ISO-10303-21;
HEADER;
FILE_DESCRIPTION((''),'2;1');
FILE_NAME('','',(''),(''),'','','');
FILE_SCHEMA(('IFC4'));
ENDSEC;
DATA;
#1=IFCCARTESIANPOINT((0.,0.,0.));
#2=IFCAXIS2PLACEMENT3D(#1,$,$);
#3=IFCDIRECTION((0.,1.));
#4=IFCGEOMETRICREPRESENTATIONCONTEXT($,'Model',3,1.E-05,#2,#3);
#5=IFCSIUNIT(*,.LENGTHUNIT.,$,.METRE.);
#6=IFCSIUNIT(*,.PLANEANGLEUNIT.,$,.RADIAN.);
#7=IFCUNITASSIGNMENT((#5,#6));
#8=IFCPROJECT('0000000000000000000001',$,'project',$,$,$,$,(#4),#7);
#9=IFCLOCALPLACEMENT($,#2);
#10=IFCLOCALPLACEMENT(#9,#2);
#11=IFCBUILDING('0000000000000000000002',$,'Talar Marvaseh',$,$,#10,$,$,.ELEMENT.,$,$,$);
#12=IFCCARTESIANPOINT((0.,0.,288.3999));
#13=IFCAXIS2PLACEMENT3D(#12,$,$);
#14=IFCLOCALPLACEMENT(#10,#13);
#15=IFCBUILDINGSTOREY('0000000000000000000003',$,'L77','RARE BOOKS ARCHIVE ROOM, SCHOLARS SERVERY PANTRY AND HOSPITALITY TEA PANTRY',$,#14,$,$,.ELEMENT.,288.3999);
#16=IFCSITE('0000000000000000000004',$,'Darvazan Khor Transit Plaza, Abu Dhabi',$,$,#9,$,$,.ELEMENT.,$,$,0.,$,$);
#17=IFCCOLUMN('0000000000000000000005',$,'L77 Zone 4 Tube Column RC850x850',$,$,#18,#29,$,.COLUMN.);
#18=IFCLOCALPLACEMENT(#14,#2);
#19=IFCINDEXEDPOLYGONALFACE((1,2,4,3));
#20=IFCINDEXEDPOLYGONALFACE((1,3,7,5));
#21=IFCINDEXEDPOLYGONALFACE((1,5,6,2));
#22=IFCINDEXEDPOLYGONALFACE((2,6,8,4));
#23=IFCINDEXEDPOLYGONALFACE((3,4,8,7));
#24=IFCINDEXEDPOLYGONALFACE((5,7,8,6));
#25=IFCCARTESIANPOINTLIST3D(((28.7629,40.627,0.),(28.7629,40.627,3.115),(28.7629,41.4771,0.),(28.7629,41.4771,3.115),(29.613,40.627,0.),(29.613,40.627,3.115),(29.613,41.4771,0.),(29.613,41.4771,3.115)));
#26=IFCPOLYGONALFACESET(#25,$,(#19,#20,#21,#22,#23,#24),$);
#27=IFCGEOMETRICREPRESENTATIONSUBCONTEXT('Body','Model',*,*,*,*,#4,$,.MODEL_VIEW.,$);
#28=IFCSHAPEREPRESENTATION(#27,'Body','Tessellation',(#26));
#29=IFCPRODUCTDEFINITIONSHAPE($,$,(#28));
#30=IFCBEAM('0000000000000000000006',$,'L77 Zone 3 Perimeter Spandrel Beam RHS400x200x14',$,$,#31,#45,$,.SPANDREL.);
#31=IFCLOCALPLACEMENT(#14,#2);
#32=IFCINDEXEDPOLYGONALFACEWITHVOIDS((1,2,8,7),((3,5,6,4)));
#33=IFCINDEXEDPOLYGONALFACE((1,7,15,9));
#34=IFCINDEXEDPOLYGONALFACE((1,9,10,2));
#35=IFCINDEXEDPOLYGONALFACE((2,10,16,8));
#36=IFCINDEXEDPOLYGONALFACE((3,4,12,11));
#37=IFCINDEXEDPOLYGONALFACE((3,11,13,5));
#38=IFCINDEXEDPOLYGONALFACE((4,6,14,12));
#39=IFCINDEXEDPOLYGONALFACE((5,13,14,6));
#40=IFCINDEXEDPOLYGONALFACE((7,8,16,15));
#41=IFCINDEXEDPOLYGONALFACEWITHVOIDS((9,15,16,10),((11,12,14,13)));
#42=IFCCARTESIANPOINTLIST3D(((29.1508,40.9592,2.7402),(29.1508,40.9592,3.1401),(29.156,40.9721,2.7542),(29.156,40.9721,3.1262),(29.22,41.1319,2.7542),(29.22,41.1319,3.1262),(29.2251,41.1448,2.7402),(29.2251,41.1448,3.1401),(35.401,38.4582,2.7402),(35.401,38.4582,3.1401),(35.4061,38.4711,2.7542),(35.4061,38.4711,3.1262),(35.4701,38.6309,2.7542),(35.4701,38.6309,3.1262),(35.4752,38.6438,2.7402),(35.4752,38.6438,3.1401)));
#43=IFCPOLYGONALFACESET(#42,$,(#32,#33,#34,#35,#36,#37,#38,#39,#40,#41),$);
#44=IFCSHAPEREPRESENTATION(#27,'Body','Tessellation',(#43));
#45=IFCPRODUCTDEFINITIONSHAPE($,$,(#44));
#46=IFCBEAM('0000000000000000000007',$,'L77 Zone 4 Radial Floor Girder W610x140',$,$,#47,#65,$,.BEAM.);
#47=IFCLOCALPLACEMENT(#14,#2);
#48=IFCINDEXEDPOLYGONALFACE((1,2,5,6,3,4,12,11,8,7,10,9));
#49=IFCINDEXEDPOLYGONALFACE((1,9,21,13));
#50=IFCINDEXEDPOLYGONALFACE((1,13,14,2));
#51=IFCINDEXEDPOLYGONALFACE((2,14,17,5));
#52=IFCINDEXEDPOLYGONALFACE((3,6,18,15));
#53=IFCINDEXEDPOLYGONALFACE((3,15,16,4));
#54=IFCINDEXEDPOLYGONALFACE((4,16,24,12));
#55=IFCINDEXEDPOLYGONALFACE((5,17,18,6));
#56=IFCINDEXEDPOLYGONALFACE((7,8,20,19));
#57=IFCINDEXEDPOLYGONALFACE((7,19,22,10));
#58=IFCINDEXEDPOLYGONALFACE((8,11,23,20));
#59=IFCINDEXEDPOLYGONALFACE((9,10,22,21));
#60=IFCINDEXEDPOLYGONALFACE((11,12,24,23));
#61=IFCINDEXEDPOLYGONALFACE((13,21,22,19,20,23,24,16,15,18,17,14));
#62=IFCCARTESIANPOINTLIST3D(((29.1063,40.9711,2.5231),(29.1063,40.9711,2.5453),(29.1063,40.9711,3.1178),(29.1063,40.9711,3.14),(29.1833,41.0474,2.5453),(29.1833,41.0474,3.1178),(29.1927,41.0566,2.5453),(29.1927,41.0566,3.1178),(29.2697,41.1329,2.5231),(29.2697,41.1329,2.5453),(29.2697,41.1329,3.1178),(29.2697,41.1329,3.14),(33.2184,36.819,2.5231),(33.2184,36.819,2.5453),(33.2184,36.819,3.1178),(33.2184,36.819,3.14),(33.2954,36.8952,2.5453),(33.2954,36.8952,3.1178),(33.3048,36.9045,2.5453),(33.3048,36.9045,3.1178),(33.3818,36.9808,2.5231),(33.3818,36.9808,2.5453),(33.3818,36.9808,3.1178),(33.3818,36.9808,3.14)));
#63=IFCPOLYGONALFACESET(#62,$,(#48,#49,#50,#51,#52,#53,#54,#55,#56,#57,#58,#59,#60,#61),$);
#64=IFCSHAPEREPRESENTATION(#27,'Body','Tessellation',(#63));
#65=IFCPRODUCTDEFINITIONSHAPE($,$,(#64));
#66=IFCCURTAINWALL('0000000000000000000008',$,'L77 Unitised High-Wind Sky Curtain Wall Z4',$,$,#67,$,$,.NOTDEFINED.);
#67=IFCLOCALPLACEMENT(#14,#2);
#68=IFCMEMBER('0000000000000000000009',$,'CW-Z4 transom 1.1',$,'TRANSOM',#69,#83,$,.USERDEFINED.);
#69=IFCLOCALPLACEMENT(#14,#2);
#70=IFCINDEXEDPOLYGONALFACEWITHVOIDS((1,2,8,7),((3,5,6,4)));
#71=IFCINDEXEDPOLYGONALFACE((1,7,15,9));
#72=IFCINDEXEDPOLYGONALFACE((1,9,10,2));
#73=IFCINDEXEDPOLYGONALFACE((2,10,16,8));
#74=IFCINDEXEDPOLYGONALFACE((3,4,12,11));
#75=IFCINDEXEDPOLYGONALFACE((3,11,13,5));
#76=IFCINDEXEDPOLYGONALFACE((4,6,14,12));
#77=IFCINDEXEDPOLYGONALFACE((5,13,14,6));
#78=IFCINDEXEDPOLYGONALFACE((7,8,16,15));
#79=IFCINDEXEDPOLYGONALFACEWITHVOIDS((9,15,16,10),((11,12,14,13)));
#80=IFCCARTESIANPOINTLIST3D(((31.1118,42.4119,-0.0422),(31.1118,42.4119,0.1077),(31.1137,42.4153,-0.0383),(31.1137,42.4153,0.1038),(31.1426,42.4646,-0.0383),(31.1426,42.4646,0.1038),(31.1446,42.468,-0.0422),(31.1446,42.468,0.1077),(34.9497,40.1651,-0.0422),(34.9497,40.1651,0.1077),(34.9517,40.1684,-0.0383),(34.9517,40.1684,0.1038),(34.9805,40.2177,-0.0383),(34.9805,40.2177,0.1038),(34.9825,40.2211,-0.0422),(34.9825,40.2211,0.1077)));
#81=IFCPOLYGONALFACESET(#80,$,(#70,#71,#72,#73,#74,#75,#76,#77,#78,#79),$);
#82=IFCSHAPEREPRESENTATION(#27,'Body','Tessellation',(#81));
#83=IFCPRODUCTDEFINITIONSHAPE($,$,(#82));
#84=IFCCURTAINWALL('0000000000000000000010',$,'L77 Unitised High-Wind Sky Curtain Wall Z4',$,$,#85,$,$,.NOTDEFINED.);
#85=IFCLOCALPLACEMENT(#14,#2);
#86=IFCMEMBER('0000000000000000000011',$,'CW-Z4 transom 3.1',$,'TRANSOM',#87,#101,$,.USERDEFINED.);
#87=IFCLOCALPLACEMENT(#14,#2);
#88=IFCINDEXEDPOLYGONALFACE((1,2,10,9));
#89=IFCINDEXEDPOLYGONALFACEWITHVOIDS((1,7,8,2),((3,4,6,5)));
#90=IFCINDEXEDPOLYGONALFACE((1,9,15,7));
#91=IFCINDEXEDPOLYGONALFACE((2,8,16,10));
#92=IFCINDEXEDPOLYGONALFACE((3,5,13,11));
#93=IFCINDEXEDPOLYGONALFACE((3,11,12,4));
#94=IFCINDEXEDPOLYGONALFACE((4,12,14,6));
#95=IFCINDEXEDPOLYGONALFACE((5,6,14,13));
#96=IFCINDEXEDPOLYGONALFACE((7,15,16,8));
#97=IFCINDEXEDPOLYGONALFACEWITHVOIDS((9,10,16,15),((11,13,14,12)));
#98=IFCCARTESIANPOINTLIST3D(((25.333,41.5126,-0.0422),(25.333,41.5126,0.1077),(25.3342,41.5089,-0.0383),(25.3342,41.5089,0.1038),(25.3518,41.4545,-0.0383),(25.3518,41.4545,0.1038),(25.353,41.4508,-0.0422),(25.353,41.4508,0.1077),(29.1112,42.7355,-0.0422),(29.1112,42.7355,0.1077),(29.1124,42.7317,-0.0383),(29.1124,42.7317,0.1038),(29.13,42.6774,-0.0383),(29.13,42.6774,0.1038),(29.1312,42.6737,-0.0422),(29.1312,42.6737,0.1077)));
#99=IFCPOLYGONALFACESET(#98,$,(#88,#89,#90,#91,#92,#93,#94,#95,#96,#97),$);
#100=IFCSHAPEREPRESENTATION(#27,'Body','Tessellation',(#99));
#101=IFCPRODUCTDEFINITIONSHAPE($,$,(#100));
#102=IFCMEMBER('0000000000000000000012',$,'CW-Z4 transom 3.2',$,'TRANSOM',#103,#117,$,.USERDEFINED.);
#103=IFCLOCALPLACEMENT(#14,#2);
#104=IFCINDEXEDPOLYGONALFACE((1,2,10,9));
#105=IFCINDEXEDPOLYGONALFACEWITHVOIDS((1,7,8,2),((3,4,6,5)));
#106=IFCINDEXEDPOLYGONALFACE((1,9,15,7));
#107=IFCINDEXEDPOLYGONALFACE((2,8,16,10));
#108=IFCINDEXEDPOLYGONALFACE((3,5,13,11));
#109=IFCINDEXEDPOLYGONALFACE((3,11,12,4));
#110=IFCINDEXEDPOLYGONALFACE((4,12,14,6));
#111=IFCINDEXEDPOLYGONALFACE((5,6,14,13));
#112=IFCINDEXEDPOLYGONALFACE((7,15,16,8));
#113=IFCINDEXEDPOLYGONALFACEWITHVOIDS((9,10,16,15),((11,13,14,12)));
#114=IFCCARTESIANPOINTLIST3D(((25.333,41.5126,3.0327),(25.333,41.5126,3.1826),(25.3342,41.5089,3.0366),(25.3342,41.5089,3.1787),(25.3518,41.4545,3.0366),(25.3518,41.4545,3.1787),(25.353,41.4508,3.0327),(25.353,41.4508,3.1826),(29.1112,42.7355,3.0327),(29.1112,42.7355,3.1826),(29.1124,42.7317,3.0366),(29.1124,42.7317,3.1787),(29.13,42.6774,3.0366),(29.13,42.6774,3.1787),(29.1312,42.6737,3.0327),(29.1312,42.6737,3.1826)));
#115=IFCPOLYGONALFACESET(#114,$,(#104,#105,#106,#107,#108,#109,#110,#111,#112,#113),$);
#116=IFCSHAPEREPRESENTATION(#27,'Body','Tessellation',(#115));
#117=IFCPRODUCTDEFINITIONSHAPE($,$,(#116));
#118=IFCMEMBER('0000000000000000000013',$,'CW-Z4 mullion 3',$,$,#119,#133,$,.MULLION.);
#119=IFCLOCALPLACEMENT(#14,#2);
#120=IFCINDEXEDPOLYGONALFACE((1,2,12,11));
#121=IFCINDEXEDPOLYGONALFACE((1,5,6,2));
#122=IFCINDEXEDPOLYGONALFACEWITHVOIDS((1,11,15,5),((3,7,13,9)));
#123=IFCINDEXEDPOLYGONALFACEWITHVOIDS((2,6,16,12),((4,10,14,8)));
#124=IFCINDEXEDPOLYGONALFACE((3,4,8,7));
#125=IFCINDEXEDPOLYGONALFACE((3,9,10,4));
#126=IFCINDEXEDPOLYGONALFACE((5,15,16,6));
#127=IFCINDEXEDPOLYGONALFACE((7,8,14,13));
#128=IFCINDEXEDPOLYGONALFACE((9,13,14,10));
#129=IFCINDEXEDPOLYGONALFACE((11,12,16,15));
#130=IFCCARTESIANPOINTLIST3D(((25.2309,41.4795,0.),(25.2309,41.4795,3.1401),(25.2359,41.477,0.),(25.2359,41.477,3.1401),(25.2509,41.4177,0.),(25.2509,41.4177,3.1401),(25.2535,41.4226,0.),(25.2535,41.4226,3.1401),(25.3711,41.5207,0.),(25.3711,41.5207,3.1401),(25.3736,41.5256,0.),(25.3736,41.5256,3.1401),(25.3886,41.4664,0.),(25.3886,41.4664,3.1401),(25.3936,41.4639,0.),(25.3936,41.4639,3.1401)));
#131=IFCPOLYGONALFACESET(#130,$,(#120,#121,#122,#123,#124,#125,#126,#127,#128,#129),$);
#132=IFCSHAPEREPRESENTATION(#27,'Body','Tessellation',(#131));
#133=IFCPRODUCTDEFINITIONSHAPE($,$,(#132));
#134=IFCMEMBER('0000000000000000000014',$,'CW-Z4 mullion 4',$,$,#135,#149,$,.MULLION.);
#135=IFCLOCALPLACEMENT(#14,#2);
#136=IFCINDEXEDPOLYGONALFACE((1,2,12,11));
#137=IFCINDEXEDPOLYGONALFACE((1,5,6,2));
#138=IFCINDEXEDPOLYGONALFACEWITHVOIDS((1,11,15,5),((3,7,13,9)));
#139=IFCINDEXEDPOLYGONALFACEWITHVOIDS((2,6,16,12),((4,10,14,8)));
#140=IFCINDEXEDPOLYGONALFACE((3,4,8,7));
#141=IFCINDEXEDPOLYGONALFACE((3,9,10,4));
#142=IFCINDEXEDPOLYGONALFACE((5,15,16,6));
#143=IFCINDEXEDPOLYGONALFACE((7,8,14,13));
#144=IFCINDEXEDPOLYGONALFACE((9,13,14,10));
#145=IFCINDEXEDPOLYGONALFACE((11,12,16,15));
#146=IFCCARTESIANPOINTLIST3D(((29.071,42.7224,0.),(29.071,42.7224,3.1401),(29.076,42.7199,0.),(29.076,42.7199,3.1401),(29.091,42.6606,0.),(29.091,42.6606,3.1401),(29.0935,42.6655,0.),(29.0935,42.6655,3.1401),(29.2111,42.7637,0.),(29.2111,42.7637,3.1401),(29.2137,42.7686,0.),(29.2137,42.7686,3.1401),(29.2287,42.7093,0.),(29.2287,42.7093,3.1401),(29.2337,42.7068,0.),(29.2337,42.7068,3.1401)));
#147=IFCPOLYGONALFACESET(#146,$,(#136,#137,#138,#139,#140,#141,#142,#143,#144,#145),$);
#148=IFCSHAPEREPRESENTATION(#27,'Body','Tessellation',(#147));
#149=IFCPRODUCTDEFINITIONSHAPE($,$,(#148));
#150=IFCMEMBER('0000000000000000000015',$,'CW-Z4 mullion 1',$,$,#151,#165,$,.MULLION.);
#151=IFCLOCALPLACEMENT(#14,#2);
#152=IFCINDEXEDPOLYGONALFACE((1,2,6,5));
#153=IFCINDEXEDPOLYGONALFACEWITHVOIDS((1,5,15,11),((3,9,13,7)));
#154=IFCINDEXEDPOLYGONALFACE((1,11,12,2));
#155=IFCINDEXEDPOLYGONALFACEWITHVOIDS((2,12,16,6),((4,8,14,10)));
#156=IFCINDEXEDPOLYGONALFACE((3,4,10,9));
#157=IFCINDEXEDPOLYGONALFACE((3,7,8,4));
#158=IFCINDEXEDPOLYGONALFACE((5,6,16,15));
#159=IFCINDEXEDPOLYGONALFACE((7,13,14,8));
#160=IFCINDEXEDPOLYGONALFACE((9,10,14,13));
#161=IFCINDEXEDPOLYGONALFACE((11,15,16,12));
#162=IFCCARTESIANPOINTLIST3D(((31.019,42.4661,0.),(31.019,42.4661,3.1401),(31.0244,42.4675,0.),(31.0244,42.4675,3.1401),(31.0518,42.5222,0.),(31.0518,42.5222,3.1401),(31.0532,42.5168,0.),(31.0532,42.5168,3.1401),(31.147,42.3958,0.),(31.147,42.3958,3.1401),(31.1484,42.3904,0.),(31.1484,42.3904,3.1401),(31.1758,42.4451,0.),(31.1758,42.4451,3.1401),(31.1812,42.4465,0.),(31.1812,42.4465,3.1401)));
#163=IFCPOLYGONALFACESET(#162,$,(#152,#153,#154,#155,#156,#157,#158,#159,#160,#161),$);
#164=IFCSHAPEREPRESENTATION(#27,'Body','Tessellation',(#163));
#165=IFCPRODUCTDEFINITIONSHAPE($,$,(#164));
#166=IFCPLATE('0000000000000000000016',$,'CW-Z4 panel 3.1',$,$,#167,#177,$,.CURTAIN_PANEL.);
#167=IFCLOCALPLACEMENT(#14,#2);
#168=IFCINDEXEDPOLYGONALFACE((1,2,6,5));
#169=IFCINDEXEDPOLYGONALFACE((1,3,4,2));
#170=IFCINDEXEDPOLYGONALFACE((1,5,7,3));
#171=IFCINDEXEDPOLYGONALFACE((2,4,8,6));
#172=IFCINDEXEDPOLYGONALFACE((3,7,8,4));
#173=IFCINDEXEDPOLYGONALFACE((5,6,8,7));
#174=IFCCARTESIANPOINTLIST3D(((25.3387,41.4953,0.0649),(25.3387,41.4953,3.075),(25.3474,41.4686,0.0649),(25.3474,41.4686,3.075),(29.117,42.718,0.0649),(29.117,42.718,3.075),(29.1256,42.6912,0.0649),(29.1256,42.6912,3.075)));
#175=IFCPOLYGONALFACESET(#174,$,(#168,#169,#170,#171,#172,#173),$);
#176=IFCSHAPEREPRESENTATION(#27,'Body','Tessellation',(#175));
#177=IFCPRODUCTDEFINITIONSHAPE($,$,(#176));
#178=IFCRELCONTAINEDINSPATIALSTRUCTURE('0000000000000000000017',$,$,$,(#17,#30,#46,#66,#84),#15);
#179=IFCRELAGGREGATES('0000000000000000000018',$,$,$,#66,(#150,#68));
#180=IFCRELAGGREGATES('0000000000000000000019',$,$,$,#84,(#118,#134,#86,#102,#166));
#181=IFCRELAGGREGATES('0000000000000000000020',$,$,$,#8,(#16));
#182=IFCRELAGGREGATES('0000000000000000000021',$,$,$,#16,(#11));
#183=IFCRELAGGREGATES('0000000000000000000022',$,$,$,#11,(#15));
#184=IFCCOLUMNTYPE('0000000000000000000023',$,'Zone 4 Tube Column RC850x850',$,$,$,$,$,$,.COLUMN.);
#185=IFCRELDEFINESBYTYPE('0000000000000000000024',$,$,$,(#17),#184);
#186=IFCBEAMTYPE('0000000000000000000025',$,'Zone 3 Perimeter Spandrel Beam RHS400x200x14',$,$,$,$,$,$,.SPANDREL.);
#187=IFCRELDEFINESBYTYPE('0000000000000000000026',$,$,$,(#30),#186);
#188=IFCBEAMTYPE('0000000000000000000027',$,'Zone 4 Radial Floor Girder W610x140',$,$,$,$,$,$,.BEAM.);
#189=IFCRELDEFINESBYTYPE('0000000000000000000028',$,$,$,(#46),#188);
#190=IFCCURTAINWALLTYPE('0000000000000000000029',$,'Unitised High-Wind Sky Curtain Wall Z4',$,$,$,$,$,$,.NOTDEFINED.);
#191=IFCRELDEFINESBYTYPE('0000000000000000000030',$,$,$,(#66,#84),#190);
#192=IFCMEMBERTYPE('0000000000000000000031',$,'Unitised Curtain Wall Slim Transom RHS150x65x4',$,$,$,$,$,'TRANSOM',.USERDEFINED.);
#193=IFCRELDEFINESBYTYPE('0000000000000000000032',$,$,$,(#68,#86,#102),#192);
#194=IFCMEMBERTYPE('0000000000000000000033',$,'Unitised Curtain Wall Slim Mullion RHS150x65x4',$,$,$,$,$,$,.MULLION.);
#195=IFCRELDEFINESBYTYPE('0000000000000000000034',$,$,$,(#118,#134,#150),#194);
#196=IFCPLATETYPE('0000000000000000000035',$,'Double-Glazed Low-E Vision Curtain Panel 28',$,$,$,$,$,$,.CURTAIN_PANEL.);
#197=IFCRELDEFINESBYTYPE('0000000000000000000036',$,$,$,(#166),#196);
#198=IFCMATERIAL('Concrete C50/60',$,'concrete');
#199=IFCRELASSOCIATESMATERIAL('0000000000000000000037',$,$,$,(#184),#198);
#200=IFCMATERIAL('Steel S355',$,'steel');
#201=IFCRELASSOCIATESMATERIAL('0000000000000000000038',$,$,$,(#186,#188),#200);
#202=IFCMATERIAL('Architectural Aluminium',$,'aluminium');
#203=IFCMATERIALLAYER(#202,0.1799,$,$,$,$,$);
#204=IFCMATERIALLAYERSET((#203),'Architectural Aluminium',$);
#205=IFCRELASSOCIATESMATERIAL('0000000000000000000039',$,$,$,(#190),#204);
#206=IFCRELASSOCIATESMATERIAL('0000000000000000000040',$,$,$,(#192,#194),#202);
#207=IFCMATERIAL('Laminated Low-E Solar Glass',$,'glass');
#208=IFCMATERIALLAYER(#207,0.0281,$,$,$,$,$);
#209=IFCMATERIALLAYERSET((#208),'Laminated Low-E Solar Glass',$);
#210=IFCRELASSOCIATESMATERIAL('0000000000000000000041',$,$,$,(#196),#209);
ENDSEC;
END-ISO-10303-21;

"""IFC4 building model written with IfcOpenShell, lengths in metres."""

from ifc_helpers import new_model, si_unit, direction, frame, origin, origin_2d, place, context, subcontext, project, spatial, rectangle, hollow_rectangle, i_section, extrude, source, transform, mapped, material, layer, layer_set, material_profile, profile_set, type_object, type_shapes, element, aggregate, save


model = new_model("IFC4")

# Units and contexts
model_context = context("Model", 3, precision=1e-05, world=origin(), true_north=direction((0.0, 1.0)))
body_context = subcontext(model_context, "Body", "Model", "MODEL_VIEW")
ifc_project = project(units=[si_unit("LENGTHUNIT", "METRE"), si_unit("PLANEANGLEUNIT", "RADIAN")], contexts=[model_context])

# Site, building, storey
site_placement = place(None, origin())
site = spatial("IfcSite", under=ifc_project, at=site_placement, Name="Darvazan Khor Transit Plaza, Abu Dhabi", CompositionType="ELEMENT", RefElevation=0.0)
building_placement = place(site_placement, origin())
building = spatial("IfcBuilding", under=site, at=building_placement, Name="Talar Marvaseh", CompositionType="ELEMENT")
storey_placement = place(building_placement, frame((0.0, 0.0, 288.3999)))
storey = spatial("IfcBuildingStorey", under=building, at=storey_placement, Name="L77", Description="RARE BOOKS ARCHIVE ROOM, SCHOLARS SERVERY PANTRY AND HOSPITALITY TEA PANTRY", CompositionType="ELEMENT", Elevation=288.3999)

# Column
ifc_material_1 = material(Name="Concrete C50/60", Category="concrete")
ifc_material_profile_1 = material_profile(ifc_material_1, rectangle(XDim=0.8501, YDim=0.8501, at=origin_2d()), Name="RC850x850")
ifc_profile_set_1 = profile_set([ifc_material_profile_1], Name="Concrete C50/60")
column_type = type_object("IfcColumnType", Name="Zone 4 Tube Column RC850x850", PredefinedType="COLUMN", material=ifc_profile_set_1)
column_placement = place(storey_placement, frame((29.188, 41.052, 0.0), z_axis=(0.0, 0.0, 1.0), x_axis=(1.0, 0.0, 0.0)))
element("IfcColumn", 1, at=column_placement, inside=storey, type_object=column_type, Name="L77 Zone 4 Tube Column RC850x850", PredefinedType="COLUMN", context=body_context, shape_type="SweptSolid", body=[
    extrude(rectangle(XDim=0.8501, YDim=0.8501, at=origin_2d()), origin(), (0.0, 0.0, 1.0), 3.115),
])

# Beams
ifc_material_2 = material(Name="Steel S355", Category="steel")
ifc_material_profile_2 = material_profile(ifc_material_2, hollow_rectangle(XDim=0.2, YDim=0.3999, WallThickness=0.0139, at=origin_2d()), Name="RHS400x200x14")
ifc_profile_set_2 = profile_set([ifc_material_profile_2], Name="Steel S355")
beam_type_1 = type_object("IfcBeamType", Name="Zone 3 Perimeter Spandrel Beam RHS400x200x14", PredefinedType="SPANDREL", material=ifc_profile_set_2)
beam_1_placement = place(storey_placement, frame((29.188, 41.052, 2.9402), z_axis=(0.928427, -0.371516, 0.0), x_axis=(0.371516, 0.928427, 0.0)))
element("IfcBeam", 2, at=beam_1_placement, inside=storey, type_object=beam_type_1, Name="L77 Zone 3 Perimeter Spandrel Beam RHS400x200x14", PredefinedType="SPANDREL", context=body_context, shape_type="SweptSolid", body=[
    extrude(hollow_rectangle(XDim=0.2, YDim=0.3999, WallThickness=0.0139, at=origin_2d()), origin(), (0.0, 0.0, 1.0), 6.7319),
])
ifc_material_profile_3 = material_profile(ifc_material_2, i_section(OverallWidth=0.23, OverallDepth=0.6169, WebThickness=0.0132, FlangeThickness=0.0222, at=origin_2d()), Name="W610x140")
ifc_profile_set_3 = profile_set([ifc_material_profile_3], Name="Steel S355")
beam_type_2 = type_object("IfcBeamType", Name="Zone 4 Radial Floor Girder W610x140", PredefinedType="BEAM", material=ifc_profile_set_3)
beam_2_placement = place(storey_placement, frame((29.188, 41.052, 2.8315), z_axis=(0.703673, -0.710524, 0.0), x_axis=(0.710524, 0.703673, 0.0)))
element("IfcBeam", 3, at=beam_2_placement, inside=storey, type_object=beam_type_2, Name="L77 Zone 4 Radial Floor Girder W610x140", PredefinedType="BEAM", context=body_context, shape_type="SweptSolid", body=[
    extrude(i_section(OverallWidth=0.23, OverallDepth=0.6169, WebThickness=0.0132, FlangeThickness=0.0222, at=origin_2d()), origin(), (0.0, 0.0, 1.0), 5.8438),
])

# Curtain wall, member
ifc_material_3 = material(Name="Architectural Aluminium", Category="aluminium")
ifc_layer_1 = layer(ifc_material_3, 0.1799)
ifc_layer_set_1 = layer_set([ifc_layer_1], Name="Architectural Aluminium")
curtain_wall_type = type_object("IfcCurtainWallType", Name="Unitised High-Wind Sky Curtain Wall Z4", PredefinedType="NOTDEFINED", material=ifc_layer_set_1)
curtain_wall_1_placement = place(storey_placement, origin())
curtain_wall_1 = element("IfcCurtainWall", 4, at=curtain_wall_1_placement, inside=storey, type_object=curtain_wall_type, Name="L77 Unitised High-Wind Sky Curtain Wall Z4", PredefinedType="NOTDEFINED")
ifc_material_profile_4 = material_profile(ifc_material_3, hollow_rectangle(XDim=0.0649, YDim=0.1499, WallThickness=0.0039, at=origin_2d()), Name="RHS150x65x4")
ifc_profile_set_4 = profile_set([ifc_material_profile_4], Name="Architectural Aluminium")
member_type_1 = type_object("IfcMemberType", Name="Unitised Curtain Wall Slim Transom RHS150x65x4", ElementType="TRANSOM", PredefinedType="USERDEFINED", material=ifc_profile_set_4)
shared_shape_1 = source(origin(), body_context, "Body", "SweptSolid", [
    extrude(hollow_rectangle(XDim=0.0649, YDim=0.1499, WallThickness=0.0039, at=origin_2d()), origin(), (0.0, 0.0, 1.0), 4.4473),
])
member_1_placement = place(storey_placement, frame((31.1282, 42.4399, 0.0327), z_axis=(0.862989, -0.505222, 0.0), x_axis=(0.505222, 0.862989, 0.0)))
member_1 = element("IfcMember", 5, at=member_1_placement, type_object=member_type_1, Name="CW-Z4 transom 1.1", ObjectType="TRANSOM", PredefinedType="USERDEFINED", context=body_context, shape_type="MappedRepresentation", body=[
    mapped(shared_shape_1, transform((0.0, 0.0, 0.0), x_axis=(1.0, 0.0, 0.0), y_axis=(0.0, 1.0, 0.0), z_axis=(0.0, 0.0, 1.0), scale=1.0)),
])

# Curtain wall, members
curtain_wall_2_placement = place(storey_placement, origin())
curtain_wall_2 = element("IfcCurtainWall", 6, at=curtain_wall_2_placement, inside=storey, type_object=curtain_wall_type, Name="L77 Unitised High-Wind Sky Curtain Wall Z4", PredefinedType="NOTDEFINED")
shared_shape_2 = source(origin(), body_context, "Body", "SweptSolid", [
    extrude(hollow_rectangle(XDim=0.0649, YDim=0.1499, WallThickness=0.0039, at=origin_2d()), origin(), (0.0, 0.0, 1.0), 3.9712),
])
type_shapes(member_type_1, [shared_shape_1, shared_shape_2])
member_2_placement = place(storey_placement, frame((25.343, 41.4817, 0.0327), z_axis=(0.951407, 0.307935, 0.0), x_axis=(-0.307935, 0.951407, 0.0)))
member_2 = element("IfcMember", 7, at=member_2_placement, type_object=member_type_1, Name="CW-Z4 transom 3.1", ObjectType="TRANSOM", PredefinedType="USERDEFINED", context=body_context, shape_type="MappedRepresentation", body=[
    mapped(shared_shape_2, transform((0.0, 0.0, 0.0), x_axis=(1.0, 0.0, 0.0), y_axis=(0.0, 1.0, 0.0), z_axis=(0.0, 0.0, 1.0), scale=1.0)),
])
member_3_placement = place(storey_placement, frame((25.343, 41.4817, 3.1077), z_axis=(0.951407, 0.307935, 0.0), x_axis=(-0.307935, 0.951407, 0.0)))
member_3 = element("IfcMember", 8, at=member_3_placement, type_object=member_type_1, Name="CW-Z4 transom 3.2", ObjectType="TRANSOM", PredefinedType="USERDEFINED", context=body_context, shape_type="MappedRepresentation", body=[
    mapped(shared_shape_2, transform((0.0, 0.0, 0.0), x_axis=(1.0, 0.0, 0.0), y_axis=(0.0, 1.0, 0.0), z_axis=(0.0, 0.0, 1.0), scale=1.0)),
])
ifc_material_profile_5 = material_profile(ifc_material_3, hollow_rectangle(XDim=0.0649, YDim=0.1499, WallThickness=0.0039, at=origin_2d()), Name="RHS150x65x4")
ifc_profile_set_5 = profile_set([ifc_material_profile_5], Name="Architectural Aluminium")
member_type_2 = type_object("IfcMemberType", Name="Unitised Curtain Wall Slim Mullion RHS150x65x4", PredefinedType="MULLION", material=ifc_profile_set_5)
shared_shape_3 = source(origin(), body_context, "Body", "SweptSolid", [
    extrude(hollow_rectangle(XDim=0.0649, YDim=0.1499, WallThickness=0.0039, at=origin_2d()), origin(), (0.0, 0.0, 1.0), 3.1401),
])
type_shapes(member_type_2, [shared_shape_3])
member_4_placement = place(storey_placement, frame((25.3123, 41.4717, 0.0), z_axis=(0.0, 0.0, 1.0), x_axis=(-0.307889, 0.951422, 0.0)))
member_4 = element("IfcMember", 9, at=member_4_placement, type_object=member_type_2, Name="CW-Z4 mullion 3", PredefinedType="MULLION", context=body_context, shape_type="MappedRepresentation", body=[
    mapped(shared_shape_3, transform((0.0, 0.0, 0.0), x_axis=(1.0, 0.0, 0.0), y_axis=(0.0, 1.0, 0.0), z_axis=(0.0, 0.0, 1.0), scale=1.0)),
])
member_5_placement = place(storey_placement, frame((29.1523, 42.7146, 0.0), z_axis=(0.0, 0.0, 1.0), x_axis=(-0.307889, 0.951422, 0.0)))
member_5 = element("IfcMember", 10, at=member_5_placement, type_object=member_type_2, Name="CW-Z4 mullion 4", PredefinedType="MULLION", context=body_context, shape_type="MappedRepresentation", body=[
    mapped(shared_shape_3, transform((0.0, 0.0, 0.0), x_axis=(1.0, 0.0, 0.0), y_axis=(0.0, 1.0, 0.0), z_axis=(0.0, 0.0, 1.0), scale=1.0)),
])

# Member
member_6_placement = place(storey_placement, frame((31.1001, 42.4563, 0.0), z_axis=(0.0, 0.0, 1.0), x_axis=(0.505219, 0.862991, 0.0)))
member_6 = element("IfcMember", 11, at=member_6_placement, type_object=member_type_2, Name="CW-Z4 mullion 1", PredefinedType="MULLION", context=body_context, shape_type="MappedRepresentation", body=[
    mapped(shared_shape_3, transform((0.0, 0.0, 0.0), x_axis=(1.0, 0.0, 0.0), y_axis=(0.0, 1.0, 0.0), z_axis=(0.0, 0.0, 1.0), scale=1.0)),
])
aggregate(curtain_wall_1, [member_6, member_1])

# Plate
ifc_material_4 = material(Name="Laminated Low-E Solar Glass", Category="glass")
ifc_layer_2 = layer(ifc_material_4, 0.0281)
ifc_layer_set_2 = layer_set([ifc_layer_2], Name="Laminated Low-E Solar Glass")
plate_type = type_object("IfcPlateType", Name="Double-Glazed Low-E Vision Curtain Panel 28", PredefinedType="CURTAIN_PANEL", material=ifc_layer_set_2)
shared_shape_4 = source(origin(), body_context, "Body", "SweptSolid", [
    extrude(rectangle(XDim=3.9712, YDim=0.0281, at=origin_2d()), origin(), (0.0, 0.0, 1.0), 3.01),
])
type_shapes(plate_type, [shared_shape_4])
plate_placement = place(storey_placement, frame((27.2322, 42.0933, 0.0649), z_axis=(0.0, 0.0, 1.0), x_axis=(0.951422, 0.307889, 0.0)))
plate = element("IfcPlate", 12, at=plate_placement, type_object=plate_type, Name="CW-Z4 panel 3.1", PredefinedType="CURTAIN_PANEL", context=body_context, shape_type="MappedRepresentation", body=[
    mapped(shared_shape_4, transform((0.0, 0.0, 0.0), x_axis=(1.0, 0.0, 0.0), y_axis=(0.0, 1.0, 0.0), z_axis=(0.0, 0.0, 1.0), scale=1.0)),
])
aggregate(curtain_wall_2, [member_4, member_5, member_2, member_3, plate])

save(model, "model.ifc")
